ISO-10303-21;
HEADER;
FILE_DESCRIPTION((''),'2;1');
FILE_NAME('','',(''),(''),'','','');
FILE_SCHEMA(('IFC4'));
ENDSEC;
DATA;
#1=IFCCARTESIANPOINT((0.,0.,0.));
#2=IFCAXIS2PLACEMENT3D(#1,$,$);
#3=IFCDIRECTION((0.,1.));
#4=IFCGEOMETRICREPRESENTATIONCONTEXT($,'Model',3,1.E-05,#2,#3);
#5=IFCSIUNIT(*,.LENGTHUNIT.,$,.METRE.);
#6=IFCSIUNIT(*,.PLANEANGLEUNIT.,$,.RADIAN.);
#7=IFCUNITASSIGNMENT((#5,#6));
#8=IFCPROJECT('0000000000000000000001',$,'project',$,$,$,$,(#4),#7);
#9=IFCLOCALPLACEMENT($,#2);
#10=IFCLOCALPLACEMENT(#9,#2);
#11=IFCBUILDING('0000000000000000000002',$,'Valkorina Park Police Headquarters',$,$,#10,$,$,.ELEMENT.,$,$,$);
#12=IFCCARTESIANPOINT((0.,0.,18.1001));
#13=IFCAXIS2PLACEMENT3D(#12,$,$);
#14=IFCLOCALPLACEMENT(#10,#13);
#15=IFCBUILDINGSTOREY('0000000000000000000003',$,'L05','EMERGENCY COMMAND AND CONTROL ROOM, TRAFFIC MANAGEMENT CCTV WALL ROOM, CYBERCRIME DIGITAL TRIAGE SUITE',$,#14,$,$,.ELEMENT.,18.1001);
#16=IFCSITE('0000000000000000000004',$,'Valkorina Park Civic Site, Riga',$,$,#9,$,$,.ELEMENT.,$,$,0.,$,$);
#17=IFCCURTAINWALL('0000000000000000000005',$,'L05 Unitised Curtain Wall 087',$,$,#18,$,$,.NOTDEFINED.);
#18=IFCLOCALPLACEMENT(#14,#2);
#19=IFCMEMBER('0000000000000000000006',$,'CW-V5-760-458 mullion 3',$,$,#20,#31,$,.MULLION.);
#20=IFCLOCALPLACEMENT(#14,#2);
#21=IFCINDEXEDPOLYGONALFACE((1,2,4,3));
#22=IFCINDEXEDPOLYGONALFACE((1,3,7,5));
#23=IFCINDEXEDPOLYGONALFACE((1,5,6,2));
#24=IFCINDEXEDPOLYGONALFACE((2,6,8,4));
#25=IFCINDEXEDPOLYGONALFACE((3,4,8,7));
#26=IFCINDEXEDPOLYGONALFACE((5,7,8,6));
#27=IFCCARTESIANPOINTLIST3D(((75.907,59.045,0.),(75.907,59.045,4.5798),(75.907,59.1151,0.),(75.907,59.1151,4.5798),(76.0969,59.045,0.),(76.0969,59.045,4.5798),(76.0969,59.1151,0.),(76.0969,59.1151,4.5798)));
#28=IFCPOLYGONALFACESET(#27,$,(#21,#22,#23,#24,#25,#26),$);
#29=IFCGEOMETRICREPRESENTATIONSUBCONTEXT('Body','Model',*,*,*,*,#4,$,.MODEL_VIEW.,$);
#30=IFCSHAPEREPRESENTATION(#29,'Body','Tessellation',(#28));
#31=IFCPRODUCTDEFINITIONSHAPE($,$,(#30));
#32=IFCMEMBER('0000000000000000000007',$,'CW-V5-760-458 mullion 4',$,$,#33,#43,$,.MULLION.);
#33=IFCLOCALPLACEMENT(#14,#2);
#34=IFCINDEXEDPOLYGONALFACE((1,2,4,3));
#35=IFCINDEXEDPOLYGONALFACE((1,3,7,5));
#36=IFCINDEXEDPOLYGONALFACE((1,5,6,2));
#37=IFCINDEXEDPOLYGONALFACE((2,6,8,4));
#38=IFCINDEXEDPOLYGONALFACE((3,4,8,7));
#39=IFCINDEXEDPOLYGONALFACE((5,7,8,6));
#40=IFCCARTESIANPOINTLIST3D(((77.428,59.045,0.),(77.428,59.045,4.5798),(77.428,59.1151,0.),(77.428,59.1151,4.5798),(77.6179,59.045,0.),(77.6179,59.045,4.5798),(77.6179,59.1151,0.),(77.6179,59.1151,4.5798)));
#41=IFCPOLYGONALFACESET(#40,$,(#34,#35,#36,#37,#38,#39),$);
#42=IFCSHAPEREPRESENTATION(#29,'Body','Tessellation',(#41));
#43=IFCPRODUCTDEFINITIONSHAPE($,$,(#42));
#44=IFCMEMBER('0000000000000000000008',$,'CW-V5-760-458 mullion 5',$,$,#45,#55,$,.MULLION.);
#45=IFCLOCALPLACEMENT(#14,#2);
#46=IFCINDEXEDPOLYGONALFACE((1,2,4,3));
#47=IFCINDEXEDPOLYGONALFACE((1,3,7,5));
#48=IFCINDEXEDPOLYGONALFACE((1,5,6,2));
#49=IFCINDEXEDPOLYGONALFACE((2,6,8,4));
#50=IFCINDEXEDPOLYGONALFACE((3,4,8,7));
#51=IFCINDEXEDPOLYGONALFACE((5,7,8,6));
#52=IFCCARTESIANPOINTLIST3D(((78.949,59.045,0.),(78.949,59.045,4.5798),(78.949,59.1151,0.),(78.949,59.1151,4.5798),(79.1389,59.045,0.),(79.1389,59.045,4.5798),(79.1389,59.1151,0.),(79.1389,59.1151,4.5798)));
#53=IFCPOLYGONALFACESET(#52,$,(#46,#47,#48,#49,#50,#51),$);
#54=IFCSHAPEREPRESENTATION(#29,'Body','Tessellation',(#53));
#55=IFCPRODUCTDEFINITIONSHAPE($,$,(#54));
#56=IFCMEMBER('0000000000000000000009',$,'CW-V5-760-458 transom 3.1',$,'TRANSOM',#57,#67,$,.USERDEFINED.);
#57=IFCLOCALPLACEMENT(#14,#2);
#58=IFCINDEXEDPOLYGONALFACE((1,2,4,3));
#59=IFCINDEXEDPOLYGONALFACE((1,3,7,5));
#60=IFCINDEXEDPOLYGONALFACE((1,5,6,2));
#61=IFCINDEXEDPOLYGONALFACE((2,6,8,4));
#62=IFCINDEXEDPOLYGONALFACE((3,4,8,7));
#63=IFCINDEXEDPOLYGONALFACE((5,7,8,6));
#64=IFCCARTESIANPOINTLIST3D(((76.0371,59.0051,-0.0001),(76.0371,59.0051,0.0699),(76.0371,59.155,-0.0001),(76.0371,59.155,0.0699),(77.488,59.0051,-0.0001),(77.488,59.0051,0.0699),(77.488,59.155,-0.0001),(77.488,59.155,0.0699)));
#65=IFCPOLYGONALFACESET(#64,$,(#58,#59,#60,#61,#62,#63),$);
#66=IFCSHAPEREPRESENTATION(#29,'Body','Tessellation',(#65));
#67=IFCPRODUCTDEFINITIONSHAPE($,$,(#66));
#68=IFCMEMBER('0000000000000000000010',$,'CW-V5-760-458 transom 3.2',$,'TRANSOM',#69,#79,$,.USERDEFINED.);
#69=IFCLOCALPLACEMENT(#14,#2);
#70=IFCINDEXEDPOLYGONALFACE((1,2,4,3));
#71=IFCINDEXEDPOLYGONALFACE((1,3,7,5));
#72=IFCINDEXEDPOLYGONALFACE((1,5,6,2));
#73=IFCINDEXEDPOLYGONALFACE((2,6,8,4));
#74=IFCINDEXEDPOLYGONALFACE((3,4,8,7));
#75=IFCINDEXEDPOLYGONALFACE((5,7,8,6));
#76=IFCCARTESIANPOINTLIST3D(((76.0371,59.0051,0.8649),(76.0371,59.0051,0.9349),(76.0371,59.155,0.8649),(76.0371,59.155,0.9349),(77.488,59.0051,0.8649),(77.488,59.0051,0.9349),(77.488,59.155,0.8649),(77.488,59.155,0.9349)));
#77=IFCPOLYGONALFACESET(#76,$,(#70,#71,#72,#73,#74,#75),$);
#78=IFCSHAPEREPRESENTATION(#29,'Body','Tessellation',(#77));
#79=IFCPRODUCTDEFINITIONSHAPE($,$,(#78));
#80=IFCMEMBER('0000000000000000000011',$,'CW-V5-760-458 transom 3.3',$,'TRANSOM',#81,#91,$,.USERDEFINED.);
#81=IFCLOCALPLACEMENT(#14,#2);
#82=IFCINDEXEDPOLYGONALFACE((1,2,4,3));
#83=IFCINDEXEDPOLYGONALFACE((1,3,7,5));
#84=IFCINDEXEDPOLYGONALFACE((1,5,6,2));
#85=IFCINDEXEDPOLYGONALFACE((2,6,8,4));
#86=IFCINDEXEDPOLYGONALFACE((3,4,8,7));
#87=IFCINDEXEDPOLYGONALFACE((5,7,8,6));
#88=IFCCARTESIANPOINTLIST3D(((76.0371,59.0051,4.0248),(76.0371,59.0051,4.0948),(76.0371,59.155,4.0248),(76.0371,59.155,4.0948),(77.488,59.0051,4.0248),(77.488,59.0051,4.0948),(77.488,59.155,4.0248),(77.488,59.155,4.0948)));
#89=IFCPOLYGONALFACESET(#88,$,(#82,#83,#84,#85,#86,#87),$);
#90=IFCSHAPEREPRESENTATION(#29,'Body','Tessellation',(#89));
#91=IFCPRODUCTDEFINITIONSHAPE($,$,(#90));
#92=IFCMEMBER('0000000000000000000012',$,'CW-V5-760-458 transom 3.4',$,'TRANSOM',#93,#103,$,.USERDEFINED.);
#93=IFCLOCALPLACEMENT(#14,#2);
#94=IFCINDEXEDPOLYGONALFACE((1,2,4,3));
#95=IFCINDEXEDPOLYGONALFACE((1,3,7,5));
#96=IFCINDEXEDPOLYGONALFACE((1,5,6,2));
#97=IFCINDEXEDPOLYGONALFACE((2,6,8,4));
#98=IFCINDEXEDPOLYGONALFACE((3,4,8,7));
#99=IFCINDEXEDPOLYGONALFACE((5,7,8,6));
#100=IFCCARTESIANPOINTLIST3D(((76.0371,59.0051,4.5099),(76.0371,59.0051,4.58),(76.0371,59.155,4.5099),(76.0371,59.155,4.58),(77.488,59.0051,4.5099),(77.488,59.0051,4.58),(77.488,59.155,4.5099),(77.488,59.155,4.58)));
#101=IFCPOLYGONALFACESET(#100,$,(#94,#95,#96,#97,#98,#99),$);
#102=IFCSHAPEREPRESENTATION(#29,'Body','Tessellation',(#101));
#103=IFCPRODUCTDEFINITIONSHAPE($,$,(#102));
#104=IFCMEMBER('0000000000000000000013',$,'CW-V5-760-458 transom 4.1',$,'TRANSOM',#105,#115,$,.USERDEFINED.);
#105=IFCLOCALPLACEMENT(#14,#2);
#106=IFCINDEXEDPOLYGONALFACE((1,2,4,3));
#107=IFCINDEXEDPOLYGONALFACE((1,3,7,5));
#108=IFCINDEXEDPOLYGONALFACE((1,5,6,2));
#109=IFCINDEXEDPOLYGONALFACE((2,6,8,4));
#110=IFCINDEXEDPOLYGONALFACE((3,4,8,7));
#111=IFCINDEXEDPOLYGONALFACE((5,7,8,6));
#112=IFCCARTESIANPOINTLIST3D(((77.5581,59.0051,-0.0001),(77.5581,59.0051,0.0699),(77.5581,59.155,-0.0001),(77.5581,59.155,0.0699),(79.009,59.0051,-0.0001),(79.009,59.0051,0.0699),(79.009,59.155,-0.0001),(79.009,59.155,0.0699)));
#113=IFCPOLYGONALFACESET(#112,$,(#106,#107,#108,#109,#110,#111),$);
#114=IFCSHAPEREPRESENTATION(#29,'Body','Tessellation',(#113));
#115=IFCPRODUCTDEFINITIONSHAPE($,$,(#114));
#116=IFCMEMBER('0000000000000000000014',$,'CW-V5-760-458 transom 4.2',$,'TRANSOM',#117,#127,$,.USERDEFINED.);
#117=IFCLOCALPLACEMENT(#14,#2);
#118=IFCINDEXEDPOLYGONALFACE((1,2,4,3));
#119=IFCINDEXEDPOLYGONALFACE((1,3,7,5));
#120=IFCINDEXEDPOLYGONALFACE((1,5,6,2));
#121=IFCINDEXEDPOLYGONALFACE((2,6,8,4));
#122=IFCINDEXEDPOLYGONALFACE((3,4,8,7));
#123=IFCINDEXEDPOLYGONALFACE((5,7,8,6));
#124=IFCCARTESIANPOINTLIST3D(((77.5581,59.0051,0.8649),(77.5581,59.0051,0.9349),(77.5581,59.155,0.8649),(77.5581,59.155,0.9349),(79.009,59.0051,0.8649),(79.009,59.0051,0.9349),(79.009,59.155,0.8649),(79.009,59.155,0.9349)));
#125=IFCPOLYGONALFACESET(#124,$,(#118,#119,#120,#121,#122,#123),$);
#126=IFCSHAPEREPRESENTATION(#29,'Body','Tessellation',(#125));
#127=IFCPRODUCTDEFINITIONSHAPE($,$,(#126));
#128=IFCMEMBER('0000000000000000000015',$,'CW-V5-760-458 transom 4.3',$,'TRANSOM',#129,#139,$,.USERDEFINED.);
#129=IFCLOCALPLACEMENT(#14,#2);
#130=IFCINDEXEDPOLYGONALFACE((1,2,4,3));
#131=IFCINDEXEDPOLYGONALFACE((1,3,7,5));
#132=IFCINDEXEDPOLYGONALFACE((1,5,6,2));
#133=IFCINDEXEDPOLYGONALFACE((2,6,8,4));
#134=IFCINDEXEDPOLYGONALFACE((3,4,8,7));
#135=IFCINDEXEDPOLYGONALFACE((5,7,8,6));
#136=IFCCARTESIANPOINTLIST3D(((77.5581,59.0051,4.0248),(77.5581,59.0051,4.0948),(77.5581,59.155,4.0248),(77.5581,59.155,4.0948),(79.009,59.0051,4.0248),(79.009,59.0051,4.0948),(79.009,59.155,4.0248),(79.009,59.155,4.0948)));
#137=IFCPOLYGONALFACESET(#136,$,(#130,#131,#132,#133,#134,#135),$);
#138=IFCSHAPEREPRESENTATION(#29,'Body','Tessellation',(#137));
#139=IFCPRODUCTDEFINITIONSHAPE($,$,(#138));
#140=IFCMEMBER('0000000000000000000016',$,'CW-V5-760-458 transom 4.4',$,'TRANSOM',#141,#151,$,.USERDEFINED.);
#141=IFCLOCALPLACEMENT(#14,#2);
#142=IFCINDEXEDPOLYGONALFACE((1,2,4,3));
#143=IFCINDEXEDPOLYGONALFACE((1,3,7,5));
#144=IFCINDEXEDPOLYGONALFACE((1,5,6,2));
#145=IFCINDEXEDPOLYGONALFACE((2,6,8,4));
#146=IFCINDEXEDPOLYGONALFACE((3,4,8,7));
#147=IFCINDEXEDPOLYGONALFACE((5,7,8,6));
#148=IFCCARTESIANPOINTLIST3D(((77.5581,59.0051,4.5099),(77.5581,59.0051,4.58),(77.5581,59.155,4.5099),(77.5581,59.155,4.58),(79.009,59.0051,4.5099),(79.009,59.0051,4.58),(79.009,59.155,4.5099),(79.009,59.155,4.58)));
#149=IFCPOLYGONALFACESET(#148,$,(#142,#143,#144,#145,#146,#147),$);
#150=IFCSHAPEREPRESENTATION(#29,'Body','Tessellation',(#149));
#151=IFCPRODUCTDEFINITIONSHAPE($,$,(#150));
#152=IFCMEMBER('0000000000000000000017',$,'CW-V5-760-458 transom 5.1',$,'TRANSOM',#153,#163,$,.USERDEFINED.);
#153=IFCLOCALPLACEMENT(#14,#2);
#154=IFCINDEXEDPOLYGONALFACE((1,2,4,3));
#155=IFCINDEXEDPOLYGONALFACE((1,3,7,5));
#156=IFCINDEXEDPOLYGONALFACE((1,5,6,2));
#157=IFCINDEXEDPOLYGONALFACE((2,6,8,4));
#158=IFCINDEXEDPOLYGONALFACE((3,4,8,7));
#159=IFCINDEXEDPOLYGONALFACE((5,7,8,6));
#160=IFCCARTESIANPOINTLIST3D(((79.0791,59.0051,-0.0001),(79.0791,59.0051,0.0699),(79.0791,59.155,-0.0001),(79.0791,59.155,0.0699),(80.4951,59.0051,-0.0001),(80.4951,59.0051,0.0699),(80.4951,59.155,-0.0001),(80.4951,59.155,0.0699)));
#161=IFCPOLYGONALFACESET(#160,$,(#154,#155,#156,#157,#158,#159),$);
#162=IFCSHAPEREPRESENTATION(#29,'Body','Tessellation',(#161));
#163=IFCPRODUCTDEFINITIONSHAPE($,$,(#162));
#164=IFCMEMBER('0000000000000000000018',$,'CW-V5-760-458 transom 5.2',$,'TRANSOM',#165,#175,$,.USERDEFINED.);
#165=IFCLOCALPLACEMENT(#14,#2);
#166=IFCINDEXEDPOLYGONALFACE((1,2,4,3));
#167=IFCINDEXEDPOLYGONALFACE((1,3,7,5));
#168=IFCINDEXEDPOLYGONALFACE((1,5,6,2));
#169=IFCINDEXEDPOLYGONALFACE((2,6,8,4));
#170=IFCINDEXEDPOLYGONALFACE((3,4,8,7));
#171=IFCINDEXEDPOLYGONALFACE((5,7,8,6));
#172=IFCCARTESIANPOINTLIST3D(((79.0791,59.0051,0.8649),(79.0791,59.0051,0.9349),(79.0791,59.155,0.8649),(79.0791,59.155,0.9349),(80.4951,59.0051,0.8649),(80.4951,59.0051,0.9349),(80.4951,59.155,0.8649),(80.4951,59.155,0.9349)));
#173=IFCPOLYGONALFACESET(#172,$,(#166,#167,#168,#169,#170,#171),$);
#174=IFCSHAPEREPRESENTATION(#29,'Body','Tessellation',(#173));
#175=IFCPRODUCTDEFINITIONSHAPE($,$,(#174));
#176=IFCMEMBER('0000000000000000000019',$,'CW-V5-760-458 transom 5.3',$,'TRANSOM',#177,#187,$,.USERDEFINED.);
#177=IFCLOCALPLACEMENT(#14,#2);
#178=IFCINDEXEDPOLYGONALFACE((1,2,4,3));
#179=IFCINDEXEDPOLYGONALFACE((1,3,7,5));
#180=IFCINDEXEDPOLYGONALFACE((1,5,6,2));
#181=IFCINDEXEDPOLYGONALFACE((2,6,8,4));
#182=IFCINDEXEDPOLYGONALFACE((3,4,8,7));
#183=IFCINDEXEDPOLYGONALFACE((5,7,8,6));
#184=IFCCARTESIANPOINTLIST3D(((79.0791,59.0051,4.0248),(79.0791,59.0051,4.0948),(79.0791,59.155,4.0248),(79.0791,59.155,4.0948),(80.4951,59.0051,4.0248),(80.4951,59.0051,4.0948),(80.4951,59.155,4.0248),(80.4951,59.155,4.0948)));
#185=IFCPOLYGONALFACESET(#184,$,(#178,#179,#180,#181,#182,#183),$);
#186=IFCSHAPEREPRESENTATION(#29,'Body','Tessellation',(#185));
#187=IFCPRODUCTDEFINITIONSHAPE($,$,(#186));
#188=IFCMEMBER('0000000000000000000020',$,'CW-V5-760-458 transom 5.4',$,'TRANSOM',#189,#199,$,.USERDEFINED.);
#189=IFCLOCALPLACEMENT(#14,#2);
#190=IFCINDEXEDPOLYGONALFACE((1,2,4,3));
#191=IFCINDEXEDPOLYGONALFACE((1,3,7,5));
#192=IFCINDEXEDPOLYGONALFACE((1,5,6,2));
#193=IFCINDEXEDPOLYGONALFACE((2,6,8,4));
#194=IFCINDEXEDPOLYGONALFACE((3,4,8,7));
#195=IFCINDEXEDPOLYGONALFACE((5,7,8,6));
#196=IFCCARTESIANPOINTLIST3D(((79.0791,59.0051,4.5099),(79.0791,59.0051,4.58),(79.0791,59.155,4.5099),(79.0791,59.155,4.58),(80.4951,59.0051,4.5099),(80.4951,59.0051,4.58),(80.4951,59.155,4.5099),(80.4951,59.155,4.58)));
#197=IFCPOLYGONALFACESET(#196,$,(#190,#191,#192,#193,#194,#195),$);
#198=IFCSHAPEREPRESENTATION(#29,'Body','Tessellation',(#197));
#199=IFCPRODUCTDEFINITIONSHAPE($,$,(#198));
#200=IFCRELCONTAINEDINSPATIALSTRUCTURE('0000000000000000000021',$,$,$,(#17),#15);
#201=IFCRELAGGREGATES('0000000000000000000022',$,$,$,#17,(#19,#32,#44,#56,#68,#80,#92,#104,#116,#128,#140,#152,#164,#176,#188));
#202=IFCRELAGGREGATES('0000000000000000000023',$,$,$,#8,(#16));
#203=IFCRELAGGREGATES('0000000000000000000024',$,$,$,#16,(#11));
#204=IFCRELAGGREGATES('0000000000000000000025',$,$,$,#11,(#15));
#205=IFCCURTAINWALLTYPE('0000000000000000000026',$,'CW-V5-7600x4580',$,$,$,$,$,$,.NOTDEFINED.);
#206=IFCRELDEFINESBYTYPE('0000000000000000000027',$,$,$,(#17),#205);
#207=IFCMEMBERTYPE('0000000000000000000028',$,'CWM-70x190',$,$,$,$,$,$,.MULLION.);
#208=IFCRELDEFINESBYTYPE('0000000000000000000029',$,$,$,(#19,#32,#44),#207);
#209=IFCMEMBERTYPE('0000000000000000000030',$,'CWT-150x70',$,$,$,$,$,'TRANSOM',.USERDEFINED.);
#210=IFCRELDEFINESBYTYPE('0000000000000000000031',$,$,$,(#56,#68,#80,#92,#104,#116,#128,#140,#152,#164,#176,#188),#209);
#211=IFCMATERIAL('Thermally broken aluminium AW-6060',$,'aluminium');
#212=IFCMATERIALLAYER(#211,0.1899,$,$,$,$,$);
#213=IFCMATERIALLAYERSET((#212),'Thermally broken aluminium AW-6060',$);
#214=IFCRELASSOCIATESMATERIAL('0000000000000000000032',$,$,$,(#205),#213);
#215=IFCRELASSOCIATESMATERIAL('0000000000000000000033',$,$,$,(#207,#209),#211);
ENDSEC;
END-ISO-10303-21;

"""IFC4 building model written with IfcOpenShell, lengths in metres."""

from ifc_helpers import new_model, si_unit, direction, frame, origin, origin_2d, place, context, subcontext, project, spatial, rectangle, extrude, material, layer, layer_set, material_profile, profile_set, type_object, element, aggregate, save


model = new_model("IFC4")

# Units and contexts
model_context = context("Model", 3, precision=1e-05, world=origin(), true_north=direction((0.0, 1.0)))
body_context = subcontext(model_context, "Body", "Model", "MODEL_VIEW")
ifc_project = project(units=[si_unit("LENGTHUNIT", "METRE"), si_unit("PLANEANGLEUNIT", "RADIAN")], contexts=[model_context])

# Site, building, storey
site_placement = place(None, origin())
site = spatial("IfcSite", under=ifc_project, at=site_placement, Name="Valkorina Park Civic Site, Riga", CompositionType="ELEMENT", RefElevation=0.0)
building_placement = place(site_placement, origin())
building = spatial("IfcBuilding", under=site, at=building_placement, Name="Valkorina Park Police Headquarters", CompositionType="ELEMENT")
storey_placement = place(building_placement, frame((0.0, 0.0, 18.1001)))
storey = spatial("IfcBuildingStorey", under=building, at=storey_placement, Name="L05", Description="EMERGENCY COMMAND AND CONTROL ROOM, TRAFFIC MANAGEMENT CCTV WALL ROOM, CYBERCRIME DIGITAL TRIAGE SUITE", CompositionType="ELEMENT", Elevation=18.1001)

# Curtain wall, members
ifc_material_1 = material(Name="Thermally broken aluminium AW-6060", Category="aluminium")
ifc_layer_1 = layer(ifc_material_1, 0.1899)
ifc_layer_set_1 = layer_set([ifc_layer_1], Name="Thermally broken aluminium AW-6060")
curtain_wall_type = type_object("IfcCurtainWallType", Name="CW-V5-7600x4580", PredefinedType="NOTDEFINED", material=ifc_layer_set_1)
curtain_wall_placement = place(storey_placement, origin())
curtain_wall = element("IfcCurtainWall", 1, at=curtain_wall_placement, inside=storey, type_object=curtain_wall_type, Name="L05 Unitised Curtain Wall 087", PredefinedType="NOTDEFINED")
ifc_material_profile_1 = material_profile(ifc_material_1, rectangle(XDim=0.0701, YDim=0.1899, at=origin_2d()), Name="CWM-02 70x190")
ifc_profile_set_1 = profile_set([ifc_material_profile_1], Name="Thermally broken aluminium AW-6060")
member_type_1 = type_object("IfcMemberType", Name="CWM-70x190", PredefinedType="MULLION", material=ifc_profile_set_1)
member_1_placement = place(storey_placement, frame((76.002, 59.0801, 0.0), z_axis=(0.0, 0.0, 1.0), x_axis=(0.0, 1.0, 0.0)))
member_1 = element("IfcMember", 2, at=member_1_placement, type_object=member_type_1, Name="CW-V5-760-458 mullion 3", PredefinedType="MULLION", context=body_context, shape_type="SweptSolid", body=[
    extrude(rectangle(XDim=0.0701, YDim=0.1899, at=origin_2d()), origin(), (0.0, 0.0, 1.0), 4.5798),
])
member_2_placement = place(storey_placement, frame((77.5229, 59.0801, 0.0), z_axis=(0.0, 0.0, 1.0), x_axis=(0.0, 1.0, 0.0)))
member_2 = element("IfcMember", 3, at=member_2_placement, type_object=member_type_1, Name="CW-V5-760-458 mullion 4", PredefinedType="MULLION", context=body_context, shape_type="SweptSolid", body=[
    extrude(rectangle(XDim=0.0701, YDim=0.1899, at=origin_2d()), origin(), (0.0, 0.0, 1.0), 4.5798),
])
member_3_placement = place(storey_placement, frame((79.0439, 59.0801, 0.0), z_axis=(0.0, 0.0, 1.0), x_axis=(0.0, 1.0, 0.0)))
member_3 = element("IfcMember", 4, at=member_3_placement, type_object=member_type_1, Name="CW-V5-760-458 mullion 5", PredefinedType="MULLION", context=body_context, shape_type="SweptSolid", body=[
    extrude(rectangle(XDim=0.0701, YDim=0.1899, at=origin_2d()), origin(), (0.0, 0.0, 1.0), 4.5798),
])
ifc_material_profile_2 = material_profile(ifc_material_1, rectangle(XDim=0.1499, YDim=0.0701, at=origin_2d()), Name="CWT-02 150x70")
ifc_profile_set_2 = profile_set([ifc_material_profile_2], Name="Thermally broken aluminium AW-6060")
member_type_2 = type_object("IfcMemberType", Name="CWT-150x70", ElementType="TRANSOM", PredefinedType="USERDEFINED", material=ifc_profile_set_2)
member_4_placement = place(storey_placement, frame((76.0371, 59.0801, 0.0349), z_axis=(1.0, 0.0, 0.0), x_axis=(0.0, 1.0, 0.0)))
member_4 = element("IfcMember", 5, at=member_4_placement, type_object=member_type_2, Name="CW-V5-760-458 transom 3.1", ObjectType="TRANSOM", PredefinedType="USERDEFINED", context=body_context, shape_type="SweptSolid", body=[
    extrude(rectangle(XDim=0.1499, YDim=0.0701, at=origin_2d()), origin(), (0.0, 0.0, 1.0), 1.4509),
])
member_5_placement = place(storey_placement, frame((76.0371, 59.0801, 0.8999), z_axis=(1.0, 0.0, 0.0), x_axis=(0.0, 1.0, 0.0)))
member_5 = element("IfcMember", 6, at=member_5_placement, type_object=member_type_2, Name="CW-V5-760-458 transom 3.2", ObjectType="TRANSOM", PredefinedType="USERDEFINED", context=body_context, shape_type="SweptSolid", body=[
    extrude(rectangle(XDim=0.1499, YDim=0.0701, at=origin_2d()), origin(), (0.0, 0.0, 1.0), 1.4509),
])
member_6_placement = place(storey_placement, frame((76.0371, 59.0801, 4.0598), z_axis=(1.0, 0.0, 0.0), x_axis=(0.0, 1.0, 0.0)))
member_6 = element("IfcMember", 7, at=member_6_placement, type_object=member_type_2, Name="CW-V5-760-458 transom 3.3", ObjectType="TRANSOM", PredefinedType="USERDEFINED", context=body_context, shape_type="SweptSolid", body=[
    extrude(rectangle(XDim=0.1499, YDim=0.0701, at=origin_2d()), origin(), (0.0, 0.0, 1.0), 1.4509),
])
member_7_placement = place(storey_placement, frame((76.0371, 59.0801, 4.5449), z_axis=(1.0, 0.0, 0.0), x_axis=(0.0, 1.0, 0.0)))
member_7 = element("IfcMember", 8, at=member_7_placement, type_object=member_type_2, Name="CW-V5-760-458 transom 3.4", ObjectType="TRANSOM", PredefinedType="USERDEFINED", context=body_context, shape_type="SweptSolid", body=[
    extrude(rectangle(XDim=0.1499, YDim=0.0701, at=origin_2d()), origin(), (0.0, 0.0, 1.0), 1.4509),
])
member_8_placement = place(storey_placement, frame((77.5581, 59.0801, 0.0349), z_axis=(1.0, 0.0, 0.0), x_axis=(0.0, 1.0, 0.0)))
member_8 = element("IfcMember", 9, at=member_8_placement, type_object=member_type_2, Name="CW-V5-760-458 transom 4.1", ObjectType="TRANSOM", PredefinedType="USERDEFINED", context=body_context, shape_type="SweptSolid", body=[
    extrude(rectangle(XDim=0.1499, YDim=0.0701, at=origin_2d()), origin(), (0.0, 0.0, 1.0), 1.4509),
])
member_9_placement = place(storey_placement, frame((77.5581, 59.0801, 0.8999), z_axis=(1.0, 0.0, 0.0), x_axis=(0.0, 1.0, 0.0)))
member_9 = element("IfcMember", 10, at=member_9_placement, type_object=member_type_2, Name="CW-V5-760-458 transom 4.2", ObjectType="TRANSOM", PredefinedType="USERDEFINED", context=body_context, shape_type="SweptSolid", body=[
    extrude(rectangle(XDim=0.1499, YDim=0.0701, at=origin_2d()), origin(), (0.0, 0.0, 1.0), 1.4509),
])
member_10_placement = place(storey_placement, frame((77.5581, 59.0801, 4.0598), z_axis=(1.0, 0.0, 0.0), x_axis=(0.0, 1.0, 0.0)))
member_10 = element("IfcMember", 11, at=member_10_placement, type_object=member_type_2, Name="CW-V5-760-458 transom 4.3", ObjectType="TRANSOM", PredefinedType="USERDEFINED", context=body_context, shape_type="SweptSolid", body=[
    extrude(rectangle(XDim=0.1499, YDim=0.0701, at=origin_2d()), origin(), (0.0, 0.0, 1.0), 1.4509),
])
member_11_placement = place(storey_placement, frame((77.5581, 59.0801, 4.5449), z_axis=(1.0, 0.0, 0.0), x_axis=(0.0, 1.0, 0.0)))
member_11 = element("IfcMember", 12, at=member_11_placement, type_object=member_type_2, Name="CW-V5-760-458 transom 4.4", ObjectType="TRANSOM", PredefinedType="USERDEFINED", context=body_context, shape_type="SweptSolid", body=[
    extrude(rectangle(XDim=0.1499, YDim=0.0701, at=origin_2d()), origin(), (0.0, 0.0, 1.0), 1.4509),
])
member_12_placement = place(storey_placement, frame((79.0791, 59.0801, 0.0349), z_axis=(1.0, 0.0, 0.0), x_axis=(0.0, 1.0, 0.0)))
member_12 = element("IfcMember", 13, at=member_12_placement, type_object=member_type_2, Name="CW-V5-760-458 transom 5.1", ObjectType="TRANSOM", PredefinedType="USERDEFINED", context=body_context, shape_type="SweptSolid", body=[
    extrude(rectangle(XDim=0.1499, YDim=0.0701, at=origin_2d()), origin(), (0.0, 0.0, 1.0), 1.416),
])
member_13_placement = place(storey_placement, frame((79.0791, 59.0801, 0.8999), z_axis=(1.0, 0.0, 0.0), x_axis=(0.0, 1.0, 0.0)))
member_13 = element("IfcMember", 14, at=member_13_placement, type_object=member_type_2, Name="CW-V5-760-458 transom 5.2", ObjectType="TRANSOM", PredefinedType="USERDEFINED", context=body_context, shape_type="SweptSolid", body=[
    extrude(rectangle(XDim=0.1499, YDim=0.0701, at=origin_2d()), origin(), (0.0, 0.0, 1.0), 1.416),
])
member_14_placement = place(storey_placement, frame((79.0791, 59.0801, 4.0598), z_axis=(1.0, 0.0, 0.0), x_axis=(0.0, 1.0, 0.0)))
member_14 = element("IfcMember", 15, at=member_14_placement, type_object=member_type_2, Name="CW-V5-760-458 transom 5.3", ObjectType="TRANSOM", PredefinedType="USERDEFINED", context=body_context, shape_type="SweptSolid", body=[
    extrude(rectangle(XDim=0.1499, YDim=0.0701, at=origin_2d()), origin(), (0.0, 0.0, 1.0), 1.416),
])
member_15_placement = place(storey_placement, frame((79.0791, 59.0801, 4.5449), z_axis=(1.0, 0.0, 0.0), x_axis=(0.0, 1.0, 0.0)))
member_15 = element("IfcMember", 16, at=member_15_placement, type_object=member_type_2, Name="CW-V5-760-458 transom 5.4", ObjectType="TRANSOM", PredefinedType="USERDEFINED", context=body_context, shape_type="SweptSolid", body=[
    extrude(rectangle(XDim=0.1499, YDim=0.0701, at=origin_2d()), origin(), (0.0, 0.0, 1.0), 1.416),
])
aggregate(curtain_wall, [member_1, member_2, member_3, member_4, member_5, member_6, member_7, member_8, member_9, member_10, member_11, member_12, member_13, member_14, member_15])

save(model, "model.ifc")
